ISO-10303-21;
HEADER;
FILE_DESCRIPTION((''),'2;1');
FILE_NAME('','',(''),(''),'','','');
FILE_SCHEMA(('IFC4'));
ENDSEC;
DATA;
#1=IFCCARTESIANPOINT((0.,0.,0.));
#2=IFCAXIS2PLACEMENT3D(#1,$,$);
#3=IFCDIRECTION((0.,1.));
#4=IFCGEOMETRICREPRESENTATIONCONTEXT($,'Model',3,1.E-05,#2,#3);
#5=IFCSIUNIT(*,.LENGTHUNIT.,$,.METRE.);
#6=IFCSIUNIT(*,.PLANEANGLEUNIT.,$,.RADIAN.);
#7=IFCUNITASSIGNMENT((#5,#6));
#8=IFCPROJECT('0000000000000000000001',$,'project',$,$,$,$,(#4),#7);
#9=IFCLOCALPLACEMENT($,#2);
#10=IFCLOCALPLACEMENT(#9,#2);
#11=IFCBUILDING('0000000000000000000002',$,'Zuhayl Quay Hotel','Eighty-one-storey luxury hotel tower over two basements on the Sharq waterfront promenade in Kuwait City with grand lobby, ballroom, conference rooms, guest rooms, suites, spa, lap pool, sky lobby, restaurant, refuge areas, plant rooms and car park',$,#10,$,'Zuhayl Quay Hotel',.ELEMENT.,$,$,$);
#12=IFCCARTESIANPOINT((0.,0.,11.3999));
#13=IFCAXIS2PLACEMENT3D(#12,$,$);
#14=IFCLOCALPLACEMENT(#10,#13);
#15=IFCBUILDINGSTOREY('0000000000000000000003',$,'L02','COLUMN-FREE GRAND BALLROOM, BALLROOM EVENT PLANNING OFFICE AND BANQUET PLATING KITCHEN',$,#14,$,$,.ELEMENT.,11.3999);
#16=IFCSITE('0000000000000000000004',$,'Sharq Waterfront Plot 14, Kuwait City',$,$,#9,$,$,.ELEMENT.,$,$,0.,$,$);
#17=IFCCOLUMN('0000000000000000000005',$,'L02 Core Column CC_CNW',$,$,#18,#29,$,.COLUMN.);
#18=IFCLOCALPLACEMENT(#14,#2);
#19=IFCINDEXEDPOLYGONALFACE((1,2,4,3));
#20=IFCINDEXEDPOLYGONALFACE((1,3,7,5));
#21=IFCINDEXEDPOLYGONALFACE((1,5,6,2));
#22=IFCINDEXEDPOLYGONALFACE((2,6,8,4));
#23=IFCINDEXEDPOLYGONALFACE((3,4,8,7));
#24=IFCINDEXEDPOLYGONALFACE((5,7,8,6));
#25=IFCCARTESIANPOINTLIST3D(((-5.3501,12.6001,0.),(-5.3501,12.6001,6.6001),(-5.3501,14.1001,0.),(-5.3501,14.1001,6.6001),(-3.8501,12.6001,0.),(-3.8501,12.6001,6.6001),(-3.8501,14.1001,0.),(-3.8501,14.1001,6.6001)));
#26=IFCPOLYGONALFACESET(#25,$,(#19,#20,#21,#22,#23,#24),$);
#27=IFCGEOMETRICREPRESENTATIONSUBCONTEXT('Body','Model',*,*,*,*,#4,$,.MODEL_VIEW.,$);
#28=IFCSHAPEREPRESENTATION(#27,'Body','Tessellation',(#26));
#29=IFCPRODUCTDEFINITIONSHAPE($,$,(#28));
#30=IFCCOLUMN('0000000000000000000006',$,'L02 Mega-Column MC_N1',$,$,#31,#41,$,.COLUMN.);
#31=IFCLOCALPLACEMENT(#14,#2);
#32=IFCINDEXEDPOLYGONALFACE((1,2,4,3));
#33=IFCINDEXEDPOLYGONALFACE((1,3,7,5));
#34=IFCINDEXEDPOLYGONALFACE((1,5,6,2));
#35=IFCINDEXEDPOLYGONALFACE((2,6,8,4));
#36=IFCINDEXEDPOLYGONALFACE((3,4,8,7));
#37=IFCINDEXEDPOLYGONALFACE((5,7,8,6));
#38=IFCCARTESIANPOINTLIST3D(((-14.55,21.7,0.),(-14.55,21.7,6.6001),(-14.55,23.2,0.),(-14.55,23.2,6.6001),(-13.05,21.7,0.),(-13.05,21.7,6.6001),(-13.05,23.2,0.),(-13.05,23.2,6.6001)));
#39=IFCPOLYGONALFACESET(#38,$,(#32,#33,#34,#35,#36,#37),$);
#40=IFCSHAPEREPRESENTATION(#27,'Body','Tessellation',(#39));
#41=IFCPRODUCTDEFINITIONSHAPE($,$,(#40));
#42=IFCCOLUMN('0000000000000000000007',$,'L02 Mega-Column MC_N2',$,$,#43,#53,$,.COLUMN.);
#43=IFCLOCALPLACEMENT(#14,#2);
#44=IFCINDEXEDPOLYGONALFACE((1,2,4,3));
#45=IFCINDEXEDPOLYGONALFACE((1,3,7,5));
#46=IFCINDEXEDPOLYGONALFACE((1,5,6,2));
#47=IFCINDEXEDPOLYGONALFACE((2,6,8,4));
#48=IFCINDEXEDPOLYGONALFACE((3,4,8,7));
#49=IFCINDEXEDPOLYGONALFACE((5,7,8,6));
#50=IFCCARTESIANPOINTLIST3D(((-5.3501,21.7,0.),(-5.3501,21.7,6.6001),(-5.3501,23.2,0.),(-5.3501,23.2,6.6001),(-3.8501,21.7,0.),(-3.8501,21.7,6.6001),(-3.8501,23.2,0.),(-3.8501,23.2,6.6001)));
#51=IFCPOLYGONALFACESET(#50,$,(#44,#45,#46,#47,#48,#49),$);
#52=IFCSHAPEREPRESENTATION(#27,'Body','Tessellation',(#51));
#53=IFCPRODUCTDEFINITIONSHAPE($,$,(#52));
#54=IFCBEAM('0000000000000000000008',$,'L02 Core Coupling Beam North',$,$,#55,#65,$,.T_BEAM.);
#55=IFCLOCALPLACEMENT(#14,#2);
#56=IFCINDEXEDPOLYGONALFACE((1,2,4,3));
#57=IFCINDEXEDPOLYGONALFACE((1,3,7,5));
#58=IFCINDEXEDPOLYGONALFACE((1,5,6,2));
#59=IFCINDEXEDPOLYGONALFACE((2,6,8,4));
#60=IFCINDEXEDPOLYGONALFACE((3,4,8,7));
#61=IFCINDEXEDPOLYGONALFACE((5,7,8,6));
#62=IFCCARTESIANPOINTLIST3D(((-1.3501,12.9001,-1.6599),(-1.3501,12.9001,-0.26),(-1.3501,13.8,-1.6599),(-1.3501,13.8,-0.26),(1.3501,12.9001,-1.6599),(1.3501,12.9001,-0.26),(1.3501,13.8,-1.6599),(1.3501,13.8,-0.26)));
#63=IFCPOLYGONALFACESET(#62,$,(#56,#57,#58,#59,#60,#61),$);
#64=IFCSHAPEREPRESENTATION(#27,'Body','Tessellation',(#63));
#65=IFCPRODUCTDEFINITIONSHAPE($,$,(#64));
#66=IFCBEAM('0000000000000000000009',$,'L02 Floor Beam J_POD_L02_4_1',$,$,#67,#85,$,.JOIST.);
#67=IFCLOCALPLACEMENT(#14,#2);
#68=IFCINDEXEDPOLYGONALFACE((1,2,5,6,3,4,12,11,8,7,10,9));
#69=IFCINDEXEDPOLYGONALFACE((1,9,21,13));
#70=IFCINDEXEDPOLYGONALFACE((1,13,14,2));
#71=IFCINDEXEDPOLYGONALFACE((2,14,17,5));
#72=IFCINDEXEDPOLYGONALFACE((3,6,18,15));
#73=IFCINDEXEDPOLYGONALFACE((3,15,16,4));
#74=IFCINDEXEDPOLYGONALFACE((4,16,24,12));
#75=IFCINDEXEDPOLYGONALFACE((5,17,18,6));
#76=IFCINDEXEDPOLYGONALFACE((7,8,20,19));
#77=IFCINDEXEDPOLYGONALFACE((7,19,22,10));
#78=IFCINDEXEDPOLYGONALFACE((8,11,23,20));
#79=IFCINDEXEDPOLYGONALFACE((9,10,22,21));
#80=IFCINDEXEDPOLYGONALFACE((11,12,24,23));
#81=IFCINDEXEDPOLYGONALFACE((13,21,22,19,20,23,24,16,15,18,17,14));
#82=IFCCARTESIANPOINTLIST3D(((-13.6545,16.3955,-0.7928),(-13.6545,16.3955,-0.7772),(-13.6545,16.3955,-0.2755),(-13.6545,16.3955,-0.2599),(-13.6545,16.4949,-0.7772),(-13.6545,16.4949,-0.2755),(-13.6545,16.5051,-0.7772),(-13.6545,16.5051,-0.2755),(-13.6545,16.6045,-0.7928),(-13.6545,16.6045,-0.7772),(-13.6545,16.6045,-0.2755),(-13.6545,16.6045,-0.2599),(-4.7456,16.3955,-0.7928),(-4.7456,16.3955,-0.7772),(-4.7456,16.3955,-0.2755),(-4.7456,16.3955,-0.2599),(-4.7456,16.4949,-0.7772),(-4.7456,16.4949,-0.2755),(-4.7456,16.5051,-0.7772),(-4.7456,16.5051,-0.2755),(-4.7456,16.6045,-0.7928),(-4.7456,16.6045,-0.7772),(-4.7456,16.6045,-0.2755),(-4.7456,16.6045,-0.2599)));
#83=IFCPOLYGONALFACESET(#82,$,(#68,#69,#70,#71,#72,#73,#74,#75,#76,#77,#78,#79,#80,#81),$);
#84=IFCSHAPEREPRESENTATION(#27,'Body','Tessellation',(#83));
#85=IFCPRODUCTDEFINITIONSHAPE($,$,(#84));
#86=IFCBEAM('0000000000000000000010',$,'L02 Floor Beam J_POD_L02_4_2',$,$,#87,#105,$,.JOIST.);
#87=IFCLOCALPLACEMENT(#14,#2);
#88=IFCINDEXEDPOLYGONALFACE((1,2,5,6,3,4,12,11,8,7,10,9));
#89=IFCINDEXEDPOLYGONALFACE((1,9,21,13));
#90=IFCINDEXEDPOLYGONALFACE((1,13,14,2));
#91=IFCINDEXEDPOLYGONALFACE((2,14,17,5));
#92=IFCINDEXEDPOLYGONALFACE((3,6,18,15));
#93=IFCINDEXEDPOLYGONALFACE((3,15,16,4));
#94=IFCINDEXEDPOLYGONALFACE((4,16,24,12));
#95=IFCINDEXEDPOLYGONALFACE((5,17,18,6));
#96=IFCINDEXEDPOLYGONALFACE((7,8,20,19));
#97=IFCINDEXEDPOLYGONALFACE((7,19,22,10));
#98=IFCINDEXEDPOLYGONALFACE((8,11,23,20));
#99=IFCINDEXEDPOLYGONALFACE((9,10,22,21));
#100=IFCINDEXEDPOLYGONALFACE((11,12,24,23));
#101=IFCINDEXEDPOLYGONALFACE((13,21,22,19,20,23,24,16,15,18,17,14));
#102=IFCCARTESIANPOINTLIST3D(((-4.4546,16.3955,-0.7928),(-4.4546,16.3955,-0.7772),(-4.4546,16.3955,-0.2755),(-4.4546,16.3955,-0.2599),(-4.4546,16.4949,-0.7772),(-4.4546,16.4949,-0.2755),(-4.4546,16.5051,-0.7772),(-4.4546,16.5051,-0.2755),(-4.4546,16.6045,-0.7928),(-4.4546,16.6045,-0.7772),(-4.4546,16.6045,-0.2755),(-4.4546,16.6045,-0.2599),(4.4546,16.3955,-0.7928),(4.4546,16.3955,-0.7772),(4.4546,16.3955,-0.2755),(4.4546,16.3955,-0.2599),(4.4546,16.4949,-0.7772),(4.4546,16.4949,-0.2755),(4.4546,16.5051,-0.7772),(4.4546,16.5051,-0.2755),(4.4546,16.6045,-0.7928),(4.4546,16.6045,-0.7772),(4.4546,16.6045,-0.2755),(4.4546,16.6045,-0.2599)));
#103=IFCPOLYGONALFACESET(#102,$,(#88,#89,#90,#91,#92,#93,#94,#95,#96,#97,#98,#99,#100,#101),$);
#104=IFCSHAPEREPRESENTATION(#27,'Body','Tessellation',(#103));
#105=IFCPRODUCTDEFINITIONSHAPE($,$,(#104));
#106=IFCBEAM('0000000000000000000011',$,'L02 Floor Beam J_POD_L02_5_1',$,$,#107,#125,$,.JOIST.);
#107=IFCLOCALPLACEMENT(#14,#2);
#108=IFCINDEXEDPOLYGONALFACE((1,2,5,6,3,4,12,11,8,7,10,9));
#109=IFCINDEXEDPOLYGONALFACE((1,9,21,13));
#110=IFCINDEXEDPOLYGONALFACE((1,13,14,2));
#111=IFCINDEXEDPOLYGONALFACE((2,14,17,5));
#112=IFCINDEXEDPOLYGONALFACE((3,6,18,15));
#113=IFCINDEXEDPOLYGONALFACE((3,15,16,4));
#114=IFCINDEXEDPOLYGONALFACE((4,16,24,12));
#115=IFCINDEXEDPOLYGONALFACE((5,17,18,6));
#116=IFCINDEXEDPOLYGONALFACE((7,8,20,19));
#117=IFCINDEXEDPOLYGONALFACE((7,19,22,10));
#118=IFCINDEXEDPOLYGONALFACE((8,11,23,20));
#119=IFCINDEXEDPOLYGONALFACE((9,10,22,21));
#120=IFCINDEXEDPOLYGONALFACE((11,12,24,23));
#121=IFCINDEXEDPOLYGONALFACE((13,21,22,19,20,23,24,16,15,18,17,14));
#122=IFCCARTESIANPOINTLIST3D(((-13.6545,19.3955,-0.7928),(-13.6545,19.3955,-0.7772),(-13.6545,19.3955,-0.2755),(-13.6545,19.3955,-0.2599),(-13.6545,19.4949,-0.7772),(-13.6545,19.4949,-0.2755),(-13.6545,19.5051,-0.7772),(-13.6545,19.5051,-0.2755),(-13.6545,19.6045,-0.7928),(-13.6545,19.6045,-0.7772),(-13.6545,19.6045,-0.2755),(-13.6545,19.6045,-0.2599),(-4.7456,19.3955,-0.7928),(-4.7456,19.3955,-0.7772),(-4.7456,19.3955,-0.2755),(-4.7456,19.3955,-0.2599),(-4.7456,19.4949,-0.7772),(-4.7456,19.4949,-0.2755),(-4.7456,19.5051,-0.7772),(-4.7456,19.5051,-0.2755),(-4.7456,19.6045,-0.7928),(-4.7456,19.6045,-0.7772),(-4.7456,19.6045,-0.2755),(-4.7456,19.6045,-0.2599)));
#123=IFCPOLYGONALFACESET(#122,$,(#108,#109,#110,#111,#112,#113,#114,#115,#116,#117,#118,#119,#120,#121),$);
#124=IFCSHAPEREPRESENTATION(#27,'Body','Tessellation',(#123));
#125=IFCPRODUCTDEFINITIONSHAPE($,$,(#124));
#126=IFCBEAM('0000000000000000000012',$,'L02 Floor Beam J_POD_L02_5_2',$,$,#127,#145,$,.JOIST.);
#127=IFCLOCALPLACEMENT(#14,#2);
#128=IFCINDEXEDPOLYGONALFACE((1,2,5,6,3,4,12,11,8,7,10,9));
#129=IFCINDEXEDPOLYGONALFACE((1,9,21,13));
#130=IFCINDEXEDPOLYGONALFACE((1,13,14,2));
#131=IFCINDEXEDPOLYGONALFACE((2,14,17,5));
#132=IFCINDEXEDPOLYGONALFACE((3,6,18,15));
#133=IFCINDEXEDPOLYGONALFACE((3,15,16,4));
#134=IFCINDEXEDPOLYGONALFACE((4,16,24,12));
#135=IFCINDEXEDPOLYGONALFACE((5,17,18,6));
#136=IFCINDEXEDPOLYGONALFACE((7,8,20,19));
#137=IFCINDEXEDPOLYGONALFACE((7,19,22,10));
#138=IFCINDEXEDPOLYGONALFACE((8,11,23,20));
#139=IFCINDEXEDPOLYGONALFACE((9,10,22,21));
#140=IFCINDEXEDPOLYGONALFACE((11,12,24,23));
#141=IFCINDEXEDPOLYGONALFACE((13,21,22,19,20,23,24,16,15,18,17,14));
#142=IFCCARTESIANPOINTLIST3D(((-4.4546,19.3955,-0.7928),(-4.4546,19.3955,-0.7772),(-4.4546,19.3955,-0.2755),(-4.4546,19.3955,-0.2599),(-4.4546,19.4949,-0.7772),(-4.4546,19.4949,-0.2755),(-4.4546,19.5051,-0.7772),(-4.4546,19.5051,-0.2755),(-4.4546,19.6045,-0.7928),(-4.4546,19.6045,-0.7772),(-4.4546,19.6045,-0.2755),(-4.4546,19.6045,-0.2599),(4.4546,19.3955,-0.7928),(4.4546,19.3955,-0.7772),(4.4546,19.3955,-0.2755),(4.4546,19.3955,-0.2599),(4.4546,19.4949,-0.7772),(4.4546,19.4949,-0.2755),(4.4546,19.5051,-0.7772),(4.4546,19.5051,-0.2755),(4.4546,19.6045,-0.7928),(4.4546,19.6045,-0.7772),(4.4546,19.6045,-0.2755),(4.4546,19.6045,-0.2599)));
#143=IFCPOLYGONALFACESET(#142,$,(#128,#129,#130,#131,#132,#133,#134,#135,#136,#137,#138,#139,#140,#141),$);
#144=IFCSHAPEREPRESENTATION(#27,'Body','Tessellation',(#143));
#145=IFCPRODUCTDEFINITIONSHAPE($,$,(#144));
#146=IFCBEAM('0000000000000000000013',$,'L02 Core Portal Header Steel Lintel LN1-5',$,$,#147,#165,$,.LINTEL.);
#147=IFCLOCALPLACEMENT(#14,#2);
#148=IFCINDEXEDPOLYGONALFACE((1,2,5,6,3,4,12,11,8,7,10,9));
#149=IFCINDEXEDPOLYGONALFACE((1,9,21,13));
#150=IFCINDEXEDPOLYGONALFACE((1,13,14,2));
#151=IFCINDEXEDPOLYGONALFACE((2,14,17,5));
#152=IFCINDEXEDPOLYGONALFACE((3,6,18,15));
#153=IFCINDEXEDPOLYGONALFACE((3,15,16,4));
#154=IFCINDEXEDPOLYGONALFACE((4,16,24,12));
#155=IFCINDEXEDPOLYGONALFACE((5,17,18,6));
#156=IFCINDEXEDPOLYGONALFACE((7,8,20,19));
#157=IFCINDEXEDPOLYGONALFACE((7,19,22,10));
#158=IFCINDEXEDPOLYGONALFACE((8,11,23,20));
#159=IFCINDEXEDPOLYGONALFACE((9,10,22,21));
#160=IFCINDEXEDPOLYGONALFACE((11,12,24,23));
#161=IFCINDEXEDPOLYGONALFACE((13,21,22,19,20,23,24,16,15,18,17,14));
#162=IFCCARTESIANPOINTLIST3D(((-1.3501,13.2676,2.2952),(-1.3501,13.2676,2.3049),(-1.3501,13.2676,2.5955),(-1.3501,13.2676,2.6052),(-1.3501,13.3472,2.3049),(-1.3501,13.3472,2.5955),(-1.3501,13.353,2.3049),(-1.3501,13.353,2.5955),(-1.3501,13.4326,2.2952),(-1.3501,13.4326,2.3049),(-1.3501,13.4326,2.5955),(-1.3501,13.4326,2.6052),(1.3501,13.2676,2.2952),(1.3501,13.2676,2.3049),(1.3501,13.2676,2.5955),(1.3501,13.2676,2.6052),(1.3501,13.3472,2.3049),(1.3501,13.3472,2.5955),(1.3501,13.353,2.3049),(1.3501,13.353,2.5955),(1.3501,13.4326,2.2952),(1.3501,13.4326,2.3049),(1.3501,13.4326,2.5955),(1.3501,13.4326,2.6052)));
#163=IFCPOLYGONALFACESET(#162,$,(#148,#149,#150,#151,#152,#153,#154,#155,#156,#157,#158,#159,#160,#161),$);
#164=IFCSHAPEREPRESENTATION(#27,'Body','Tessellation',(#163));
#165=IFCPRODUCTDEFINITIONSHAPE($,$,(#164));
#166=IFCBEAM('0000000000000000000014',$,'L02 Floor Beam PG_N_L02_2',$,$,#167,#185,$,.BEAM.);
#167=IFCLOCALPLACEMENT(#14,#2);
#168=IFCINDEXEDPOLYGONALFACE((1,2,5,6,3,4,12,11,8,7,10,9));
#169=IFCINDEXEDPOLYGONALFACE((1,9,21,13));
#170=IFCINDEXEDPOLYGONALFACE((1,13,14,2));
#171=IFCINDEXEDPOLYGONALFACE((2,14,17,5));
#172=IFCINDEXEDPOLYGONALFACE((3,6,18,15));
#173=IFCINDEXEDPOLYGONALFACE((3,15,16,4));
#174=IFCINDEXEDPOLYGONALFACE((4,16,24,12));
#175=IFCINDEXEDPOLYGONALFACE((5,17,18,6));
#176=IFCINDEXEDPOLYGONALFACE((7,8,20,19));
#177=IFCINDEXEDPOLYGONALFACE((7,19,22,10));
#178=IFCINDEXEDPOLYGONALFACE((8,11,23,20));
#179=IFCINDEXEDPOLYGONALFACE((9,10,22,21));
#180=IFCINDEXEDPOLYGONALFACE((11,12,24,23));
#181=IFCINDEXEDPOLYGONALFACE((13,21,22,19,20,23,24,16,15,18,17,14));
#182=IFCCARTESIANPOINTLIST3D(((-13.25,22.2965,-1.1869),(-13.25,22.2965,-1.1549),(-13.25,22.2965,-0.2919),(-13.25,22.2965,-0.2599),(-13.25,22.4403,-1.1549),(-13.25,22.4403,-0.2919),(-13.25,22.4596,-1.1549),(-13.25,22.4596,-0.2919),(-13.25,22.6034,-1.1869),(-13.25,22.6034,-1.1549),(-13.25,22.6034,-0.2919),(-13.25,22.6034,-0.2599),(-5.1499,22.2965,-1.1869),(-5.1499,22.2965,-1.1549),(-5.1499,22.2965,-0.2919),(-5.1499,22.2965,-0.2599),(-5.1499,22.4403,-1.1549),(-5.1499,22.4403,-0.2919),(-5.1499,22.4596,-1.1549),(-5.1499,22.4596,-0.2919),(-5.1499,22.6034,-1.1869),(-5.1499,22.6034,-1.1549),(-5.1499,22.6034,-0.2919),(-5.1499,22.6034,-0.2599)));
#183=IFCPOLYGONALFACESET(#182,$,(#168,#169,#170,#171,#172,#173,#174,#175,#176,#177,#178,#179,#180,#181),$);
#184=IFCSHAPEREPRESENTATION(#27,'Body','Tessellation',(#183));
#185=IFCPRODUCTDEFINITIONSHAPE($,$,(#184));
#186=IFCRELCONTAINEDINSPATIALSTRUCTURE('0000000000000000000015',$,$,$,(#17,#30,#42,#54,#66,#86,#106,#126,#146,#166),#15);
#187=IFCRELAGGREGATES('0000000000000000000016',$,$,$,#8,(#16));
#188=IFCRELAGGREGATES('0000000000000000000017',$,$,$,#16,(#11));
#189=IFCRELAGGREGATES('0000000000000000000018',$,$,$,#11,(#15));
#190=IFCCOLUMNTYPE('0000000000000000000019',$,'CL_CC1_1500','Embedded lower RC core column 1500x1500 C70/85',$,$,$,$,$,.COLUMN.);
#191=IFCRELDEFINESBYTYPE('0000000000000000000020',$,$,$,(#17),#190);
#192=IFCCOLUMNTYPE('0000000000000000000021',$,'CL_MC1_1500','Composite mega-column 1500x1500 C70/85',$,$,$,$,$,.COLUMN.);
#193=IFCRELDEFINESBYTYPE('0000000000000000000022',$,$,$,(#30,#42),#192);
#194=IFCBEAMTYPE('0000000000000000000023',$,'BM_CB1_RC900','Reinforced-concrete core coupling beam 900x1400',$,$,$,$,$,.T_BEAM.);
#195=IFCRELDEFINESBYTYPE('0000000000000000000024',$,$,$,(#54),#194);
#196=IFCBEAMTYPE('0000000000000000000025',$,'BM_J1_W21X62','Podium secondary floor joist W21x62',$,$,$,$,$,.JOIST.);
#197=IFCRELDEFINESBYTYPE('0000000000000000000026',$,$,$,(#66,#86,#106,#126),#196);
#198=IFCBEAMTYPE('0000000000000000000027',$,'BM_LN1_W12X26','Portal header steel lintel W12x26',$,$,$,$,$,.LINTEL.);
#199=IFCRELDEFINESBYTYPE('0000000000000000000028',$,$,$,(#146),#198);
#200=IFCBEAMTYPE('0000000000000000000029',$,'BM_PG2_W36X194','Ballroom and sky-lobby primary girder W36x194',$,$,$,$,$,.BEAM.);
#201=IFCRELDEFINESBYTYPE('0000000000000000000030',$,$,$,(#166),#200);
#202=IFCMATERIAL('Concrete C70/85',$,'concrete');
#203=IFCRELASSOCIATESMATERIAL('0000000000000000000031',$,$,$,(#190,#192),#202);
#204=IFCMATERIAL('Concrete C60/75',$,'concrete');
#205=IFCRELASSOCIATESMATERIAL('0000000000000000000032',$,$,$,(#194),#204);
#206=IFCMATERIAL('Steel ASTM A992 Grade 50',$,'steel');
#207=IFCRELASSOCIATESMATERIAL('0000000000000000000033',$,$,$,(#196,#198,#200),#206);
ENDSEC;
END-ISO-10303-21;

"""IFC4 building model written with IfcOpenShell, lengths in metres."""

from ifc_helpers import new_model, si_unit, direction, frame, origin, origin_2d, place, context, subcontext, project, spatial, rectangle, i_section, extrude, material, material_profile, profile_set, type_object, element, save


model = new_model("IFC4")

# Units and contexts
model_context = context("Model", 3, precision=1e-05, world=origin(), true_north=direction((0.0, 1.0)))
body_context = subcontext(model_context, "Body", "Model", "MODEL_VIEW")
ifc_project = project(units=[si_unit("LENGTHUNIT", "METRE"), si_unit("PLANEANGLEUNIT", "RADIAN")], contexts=[model_context])

# Site, building, storey
site_placement = place(None, origin())
site = spatial("IfcSite", under=ifc_project, at=site_placement, Name="Sharq Waterfront Plot 14, Kuwait City", CompositionType="ELEMENT", RefElevation=0.0)
building_placement = place(site_placement, origin())
building = spatial("IfcBuilding", under=site, at=building_placement, Name="Zuhayl Quay Hotel", Description="Eighty-one-storey luxury hotel tower over two basements on the Sharq waterfront promenade in Kuwait City with grand lobby, ballroom, conference rooms, guest rooms, suites, spa, lap pool, sky lobby, restaurant, refuge areas, plant rooms and car park", LongName="Zuhayl Quay Hotel", CompositionType="ELEMENT")
storey_placement = place(building_placement, frame((0.0, 0.0, 11.3999)))
storey = spatial("IfcBuildingStorey", under=building, at=storey_placement, Name="L02", Description="COLUMN-FREE GRAND BALLROOM, BALLROOM EVENT PLANNING OFFICE AND BANQUET PLATING KITCHEN", CompositionType="ELEMENT", Elevation=11.3999)

# Columns
ifc_material_1 = material(Name="Concrete C70/85", Category="concrete")
ifc_material_profile_1 = material_profile(ifc_material_1, rectangle(XDim=1.5, YDim=1.5, at=origin_2d()), Name="RC1500X1500")
ifc_profile_set_1 = profile_set([ifc_material_profile_1], Name="Concrete C70/85")
column_type_1 = type_object("IfcColumnType", Name="CL_CC1_1500", Description="Embedded lower RC core column 1500x1500 C70/85", PredefinedType="COLUMN", material=ifc_profile_set_1)
column_placement = place(storey_placement, frame((-4.6001, 13.3501, 0.0), z_axis=(0.0, 0.0, 1.0), x_axis=(1.0, 0.0, 0.0)))
element("IfcColumn", 1, at=column_placement, inside=storey, type_object=column_type_1, Name="L02 Core Column CC_CNW", PredefinedType="COLUMN", context=body_context, shape_type="SweptSolid", body=[
    extrude(rectangle(XDim=1.5, YDim=1.5, at=origin_2d()), origin(), (0.0, 0.0, 1.0), 6.6001),
])
ifc_material_profile_2 = material_profile(ifc_material_1, rectangle(XDim=1.5, YDim=1.5, at=origin_2d()), Name="RC1500X1500")
ifc_profile_set_2 = profile_set([ifc_material_profile_2], Name="Concrete C70/85")
column_type_2 = type_object("IfcColumnType", Name="CL_MC1_1500", Description="Composite mega-column 1500x1500 C70/85", PredefinedType="COLUMN", material=ifc_profile_set_2)
for number, where, z_axis, x_axis, name in (
    (2, (-13.8, 22.45, 0.0), (0.0, 0.0, 1.0), (1.0, 0.0, 0.0), "L02 Mega-Column MC_N1"),
    (3, (-4.6001, 22.45, 0.0), (0.0, 0.0, 1.0), (1.0, 0.0, 0.0), "L02 Mega-Column MC_N2"),
):
    element("IfcColumn", number, at=place(storey_placement, frame(where, z_axis=z_axis, x_axis=x_axis)), inside=storey, type_object=column_type_2, Name=name, PredefinedType="COLUMN", context=body_context, shape_type="SweptSolid", body=[
        extrude(rectangle(XDim=1.5, YDim=1.5, at=origin_2d()), origin(), (0.0, 0.0, 1.0), 6.6001),
    ])

# Beams
ifc_material_2 = material(Name="Concrete C60/75", Category="concrete")
ifc_material_profile_3 = material_profile(ifc_material_2, rectangle(XDim=0.8999, YDim=1.3999, at=origin_2d()), Name="RC900X1400")
ifc_profile_set_3 = profile_set([ifc_material_profile_3], Name="Concrete C60/75")
beam_type_1 = type_object("IfcBeamType", Name="BM_CB1_RC900", Description="Reinforced-concrete core coupling beam 900x1400", PredefinedType="T_BEAM", material=ifc_profile_set_3)
beam_1_placement = place(storey_placement, frame((-1.3501, 13.3501, -0.96), z_axis=(1.0, 0.0, 0.0), x_axis=(0.0, 1.0, 0.0)))
element("IfcBeam", 4, at=beam_1_placement, inside=storey, type_object=beam_type_1, Name="L02 Core Coupling Beam North", PredefinedType="T_BEAM", context=body_context, shape_type="SweptSolid", body=[
    extrude(rectangle(XDim=0.8999, YDim=1.3999, at=origin_2d()), origin(), (0.0, 0.0, 1.0), 2.7002),
])
ifc_material_3 = material(Name="Steel ASTM A992 Grade 50", Category="steel")
ifc_material_profile_4 = material_profile(ifc_material_3, i_section(OverallWidth=0.209, OverallDepth=0.533, WebThickness=0.0103, FlangeThickness=0.0156, at=origin_2d()), Name="W21X62")
ifc_profile_set_4 = profile_set([ifc_material_profile_4], Name="Steel ASTM A992 Grade 50")
beam_type_2 = type_object("IfcBeamType", Name="BM_J1_W21X62", Description="Podium secondary floor joist W21x62", PredefinedType="JOIST", material=ifc_profile_set_4)
beam_2_placement = place(storey_placement, frame((-13.6545, 16.5, -0.5264), z_axis=(1.0, 0.0, 0.0), x_axis=(0.0, 1.0, 0.0)))
element("IfcBeam", 5, at=beam_2_placement, inside=storey, type_object=beam_type_2, Name="L02 Floor Beam J_POD_L02_4_1", PredefinedType="JOIST", context=body_context, shape_type="SweptSolid", body=[
    extrude(i_section(OverallWidth=0.209, OverallDepth=0.533, WebThickness=0.0103, FlangeThickness=0.0156, at=origin_2d()), origin(), (0.0, 0.0, 1.0), 8.9089),
])
beam_3_placement = place(storey_placement, frame((-4.4546, 16.5, -0.5264), z_axis=(1.0, 0.0, 0.0), x_axis=(0.0, 1.0, 0.0)))
element("IfcBeam", 6, at=beam_3_placement, inside=storey, type_object=beam_type_2, Name="L02 Floor Beam J_POD_L02_4_2", PredefinedType="JOIST", context=body_context, shape_type="SweptSolid", body=[
    extrude(i_section(OverallWidth=0.209, OverallDepth=0.533, WebThickness=0.0103, FlangeThickness=0.0156, at=origin_2d()), origin(), (0.0, 0.0, 1.0), 8.9092),
])
beam_4_placement = place(storey_placement, frame((-13.6545, 19.5, -0.5264), z_axis=(1.0, 0.0, 0.0), x_axis=(0.0, 1.0, 0.0)))
element("IfcBeam", 7, at=beam_4_placement, inside=storey, type_object=beam_type_2, Name="L02 Floor Beam J_POD_L02_5_1", PredefinedType="JOIST", context=body_context, shape_type="SweptSolid", body=[
    extrude(i_section(OverallWidth=0.209, OverallDepth=0.533, WebThickness=0.0103, FlangeThickness=0.0156, at=origin_2d()), origin(), (0.0, 0.0, 1.0), 8.9089),
])
beam_5_placement = place(storey_placement, frame((-4.4546, 19.5, -0.5264), z_axis=(1.0, 0.0, 0.0), x_axis=(0.0, 1.0, 0.0)))
element("IfcBeam", 8, at=beam_5_placement, inside=storey, type_object=beam_type_2, Name="L02 Floor Beam J_POD_L02_5_2", PredefinedType="JOIST", context=body_context, shape_type="SweptSolid", body=[
    extrude(i_section(OverallWidth=0.209, OverallDepth=0.533, WebThickness=0.0103, FlangeThickness=0.0156, at=origin_2d()), origin(), (0.0, 0.0, 1.0), 8.9092),
])
ifc_material_profile_5 = material_profile(ifc_material_3, i_section(OverallWidth=0.165, OverallDepth=0.3101, WebThickness=0.0059, FlangeThickness=0.0098, at=origin_2d()), Name="W12X26")
ifc_profile_set_5 = profile_set([ifc_material_profile_5], Name="Steel ASTM A992 Grade 50")
beam_type_3 = type_object("IfcBeamType", Name="BM_LN1_W12X26", Description="Portal header steel lintel W12x26", PredefinedType="LINTEL", material=ifc_profile_set_5)
beam_6_placement = place(storey_placement, frame((-1.3501, 13.3501, 2.4502), z_axis=(1.0, 0.0, 0.0), x_axis=(0.0, 1.0, 0.0)))
element("IfcBeam", 9, at=beam_6_placement, inside=storey, type_object=beam_type_3, Name="L02 Core Portal Header Steel Lintel LN1-5", PredefinedType="LINTEL", context=body_context, shape_type="SweptSolid", body=[
    extrude(i_section(OverallWidth=0.165, OverallDepth=0.3101, WebThickness=0.0059, FlangeThickness=0.0098, at=origin_2d()), origin(), (0.0, 0.0, 1.0), 2.7002),
])
ifc_material_profile_6 = material_profile(ifc_material_3, i_section(OverallWidth=0.3069, OverallDepth=0.927, WebThickness=0.0193, FlangeThickness=0.032, at=origin_2d()), Name="W36X194")
ifc_profile_set_6 = profile_set([ifc_material_profile_6], Name="Steel ASTM A992 Grade 50")
beam_type_4 = type_object("IfcBeamType", Name="BM_PG2_W36X194", Description="Ballroom and sky-lobby primary girder W36x194", PredefinedType="BEAM", material=ifc_profile_set_6)
for number, where, z_axis, x_axis, name in (
    (10, (-13.25, 22.45, -0.7234), (1.0, 0.0, 0.0), (0.0, 1.0, 0.0), "L02 Floor Beam PG_N_L02_2"),
):
    element("IfcBeam", number, at=place(storey_placement, frame(where, z_axis=z_axis, x_axis=x_axis)), inside=storey, type_object=beam_type_4, Name=name, PredefinedType="BEAM", context=body_context, shape_type="SweptSolid", body=[
        extrude(i_section(OverallWidth=0.3069, OverallDepth=0.927, WebThickness=0.0193, FlangeThickness=0.032, at=origin_2d()), origin(), (0.0, 0.0, 1.0), 8.1001),
    ])

save(model, "model.ifc")
